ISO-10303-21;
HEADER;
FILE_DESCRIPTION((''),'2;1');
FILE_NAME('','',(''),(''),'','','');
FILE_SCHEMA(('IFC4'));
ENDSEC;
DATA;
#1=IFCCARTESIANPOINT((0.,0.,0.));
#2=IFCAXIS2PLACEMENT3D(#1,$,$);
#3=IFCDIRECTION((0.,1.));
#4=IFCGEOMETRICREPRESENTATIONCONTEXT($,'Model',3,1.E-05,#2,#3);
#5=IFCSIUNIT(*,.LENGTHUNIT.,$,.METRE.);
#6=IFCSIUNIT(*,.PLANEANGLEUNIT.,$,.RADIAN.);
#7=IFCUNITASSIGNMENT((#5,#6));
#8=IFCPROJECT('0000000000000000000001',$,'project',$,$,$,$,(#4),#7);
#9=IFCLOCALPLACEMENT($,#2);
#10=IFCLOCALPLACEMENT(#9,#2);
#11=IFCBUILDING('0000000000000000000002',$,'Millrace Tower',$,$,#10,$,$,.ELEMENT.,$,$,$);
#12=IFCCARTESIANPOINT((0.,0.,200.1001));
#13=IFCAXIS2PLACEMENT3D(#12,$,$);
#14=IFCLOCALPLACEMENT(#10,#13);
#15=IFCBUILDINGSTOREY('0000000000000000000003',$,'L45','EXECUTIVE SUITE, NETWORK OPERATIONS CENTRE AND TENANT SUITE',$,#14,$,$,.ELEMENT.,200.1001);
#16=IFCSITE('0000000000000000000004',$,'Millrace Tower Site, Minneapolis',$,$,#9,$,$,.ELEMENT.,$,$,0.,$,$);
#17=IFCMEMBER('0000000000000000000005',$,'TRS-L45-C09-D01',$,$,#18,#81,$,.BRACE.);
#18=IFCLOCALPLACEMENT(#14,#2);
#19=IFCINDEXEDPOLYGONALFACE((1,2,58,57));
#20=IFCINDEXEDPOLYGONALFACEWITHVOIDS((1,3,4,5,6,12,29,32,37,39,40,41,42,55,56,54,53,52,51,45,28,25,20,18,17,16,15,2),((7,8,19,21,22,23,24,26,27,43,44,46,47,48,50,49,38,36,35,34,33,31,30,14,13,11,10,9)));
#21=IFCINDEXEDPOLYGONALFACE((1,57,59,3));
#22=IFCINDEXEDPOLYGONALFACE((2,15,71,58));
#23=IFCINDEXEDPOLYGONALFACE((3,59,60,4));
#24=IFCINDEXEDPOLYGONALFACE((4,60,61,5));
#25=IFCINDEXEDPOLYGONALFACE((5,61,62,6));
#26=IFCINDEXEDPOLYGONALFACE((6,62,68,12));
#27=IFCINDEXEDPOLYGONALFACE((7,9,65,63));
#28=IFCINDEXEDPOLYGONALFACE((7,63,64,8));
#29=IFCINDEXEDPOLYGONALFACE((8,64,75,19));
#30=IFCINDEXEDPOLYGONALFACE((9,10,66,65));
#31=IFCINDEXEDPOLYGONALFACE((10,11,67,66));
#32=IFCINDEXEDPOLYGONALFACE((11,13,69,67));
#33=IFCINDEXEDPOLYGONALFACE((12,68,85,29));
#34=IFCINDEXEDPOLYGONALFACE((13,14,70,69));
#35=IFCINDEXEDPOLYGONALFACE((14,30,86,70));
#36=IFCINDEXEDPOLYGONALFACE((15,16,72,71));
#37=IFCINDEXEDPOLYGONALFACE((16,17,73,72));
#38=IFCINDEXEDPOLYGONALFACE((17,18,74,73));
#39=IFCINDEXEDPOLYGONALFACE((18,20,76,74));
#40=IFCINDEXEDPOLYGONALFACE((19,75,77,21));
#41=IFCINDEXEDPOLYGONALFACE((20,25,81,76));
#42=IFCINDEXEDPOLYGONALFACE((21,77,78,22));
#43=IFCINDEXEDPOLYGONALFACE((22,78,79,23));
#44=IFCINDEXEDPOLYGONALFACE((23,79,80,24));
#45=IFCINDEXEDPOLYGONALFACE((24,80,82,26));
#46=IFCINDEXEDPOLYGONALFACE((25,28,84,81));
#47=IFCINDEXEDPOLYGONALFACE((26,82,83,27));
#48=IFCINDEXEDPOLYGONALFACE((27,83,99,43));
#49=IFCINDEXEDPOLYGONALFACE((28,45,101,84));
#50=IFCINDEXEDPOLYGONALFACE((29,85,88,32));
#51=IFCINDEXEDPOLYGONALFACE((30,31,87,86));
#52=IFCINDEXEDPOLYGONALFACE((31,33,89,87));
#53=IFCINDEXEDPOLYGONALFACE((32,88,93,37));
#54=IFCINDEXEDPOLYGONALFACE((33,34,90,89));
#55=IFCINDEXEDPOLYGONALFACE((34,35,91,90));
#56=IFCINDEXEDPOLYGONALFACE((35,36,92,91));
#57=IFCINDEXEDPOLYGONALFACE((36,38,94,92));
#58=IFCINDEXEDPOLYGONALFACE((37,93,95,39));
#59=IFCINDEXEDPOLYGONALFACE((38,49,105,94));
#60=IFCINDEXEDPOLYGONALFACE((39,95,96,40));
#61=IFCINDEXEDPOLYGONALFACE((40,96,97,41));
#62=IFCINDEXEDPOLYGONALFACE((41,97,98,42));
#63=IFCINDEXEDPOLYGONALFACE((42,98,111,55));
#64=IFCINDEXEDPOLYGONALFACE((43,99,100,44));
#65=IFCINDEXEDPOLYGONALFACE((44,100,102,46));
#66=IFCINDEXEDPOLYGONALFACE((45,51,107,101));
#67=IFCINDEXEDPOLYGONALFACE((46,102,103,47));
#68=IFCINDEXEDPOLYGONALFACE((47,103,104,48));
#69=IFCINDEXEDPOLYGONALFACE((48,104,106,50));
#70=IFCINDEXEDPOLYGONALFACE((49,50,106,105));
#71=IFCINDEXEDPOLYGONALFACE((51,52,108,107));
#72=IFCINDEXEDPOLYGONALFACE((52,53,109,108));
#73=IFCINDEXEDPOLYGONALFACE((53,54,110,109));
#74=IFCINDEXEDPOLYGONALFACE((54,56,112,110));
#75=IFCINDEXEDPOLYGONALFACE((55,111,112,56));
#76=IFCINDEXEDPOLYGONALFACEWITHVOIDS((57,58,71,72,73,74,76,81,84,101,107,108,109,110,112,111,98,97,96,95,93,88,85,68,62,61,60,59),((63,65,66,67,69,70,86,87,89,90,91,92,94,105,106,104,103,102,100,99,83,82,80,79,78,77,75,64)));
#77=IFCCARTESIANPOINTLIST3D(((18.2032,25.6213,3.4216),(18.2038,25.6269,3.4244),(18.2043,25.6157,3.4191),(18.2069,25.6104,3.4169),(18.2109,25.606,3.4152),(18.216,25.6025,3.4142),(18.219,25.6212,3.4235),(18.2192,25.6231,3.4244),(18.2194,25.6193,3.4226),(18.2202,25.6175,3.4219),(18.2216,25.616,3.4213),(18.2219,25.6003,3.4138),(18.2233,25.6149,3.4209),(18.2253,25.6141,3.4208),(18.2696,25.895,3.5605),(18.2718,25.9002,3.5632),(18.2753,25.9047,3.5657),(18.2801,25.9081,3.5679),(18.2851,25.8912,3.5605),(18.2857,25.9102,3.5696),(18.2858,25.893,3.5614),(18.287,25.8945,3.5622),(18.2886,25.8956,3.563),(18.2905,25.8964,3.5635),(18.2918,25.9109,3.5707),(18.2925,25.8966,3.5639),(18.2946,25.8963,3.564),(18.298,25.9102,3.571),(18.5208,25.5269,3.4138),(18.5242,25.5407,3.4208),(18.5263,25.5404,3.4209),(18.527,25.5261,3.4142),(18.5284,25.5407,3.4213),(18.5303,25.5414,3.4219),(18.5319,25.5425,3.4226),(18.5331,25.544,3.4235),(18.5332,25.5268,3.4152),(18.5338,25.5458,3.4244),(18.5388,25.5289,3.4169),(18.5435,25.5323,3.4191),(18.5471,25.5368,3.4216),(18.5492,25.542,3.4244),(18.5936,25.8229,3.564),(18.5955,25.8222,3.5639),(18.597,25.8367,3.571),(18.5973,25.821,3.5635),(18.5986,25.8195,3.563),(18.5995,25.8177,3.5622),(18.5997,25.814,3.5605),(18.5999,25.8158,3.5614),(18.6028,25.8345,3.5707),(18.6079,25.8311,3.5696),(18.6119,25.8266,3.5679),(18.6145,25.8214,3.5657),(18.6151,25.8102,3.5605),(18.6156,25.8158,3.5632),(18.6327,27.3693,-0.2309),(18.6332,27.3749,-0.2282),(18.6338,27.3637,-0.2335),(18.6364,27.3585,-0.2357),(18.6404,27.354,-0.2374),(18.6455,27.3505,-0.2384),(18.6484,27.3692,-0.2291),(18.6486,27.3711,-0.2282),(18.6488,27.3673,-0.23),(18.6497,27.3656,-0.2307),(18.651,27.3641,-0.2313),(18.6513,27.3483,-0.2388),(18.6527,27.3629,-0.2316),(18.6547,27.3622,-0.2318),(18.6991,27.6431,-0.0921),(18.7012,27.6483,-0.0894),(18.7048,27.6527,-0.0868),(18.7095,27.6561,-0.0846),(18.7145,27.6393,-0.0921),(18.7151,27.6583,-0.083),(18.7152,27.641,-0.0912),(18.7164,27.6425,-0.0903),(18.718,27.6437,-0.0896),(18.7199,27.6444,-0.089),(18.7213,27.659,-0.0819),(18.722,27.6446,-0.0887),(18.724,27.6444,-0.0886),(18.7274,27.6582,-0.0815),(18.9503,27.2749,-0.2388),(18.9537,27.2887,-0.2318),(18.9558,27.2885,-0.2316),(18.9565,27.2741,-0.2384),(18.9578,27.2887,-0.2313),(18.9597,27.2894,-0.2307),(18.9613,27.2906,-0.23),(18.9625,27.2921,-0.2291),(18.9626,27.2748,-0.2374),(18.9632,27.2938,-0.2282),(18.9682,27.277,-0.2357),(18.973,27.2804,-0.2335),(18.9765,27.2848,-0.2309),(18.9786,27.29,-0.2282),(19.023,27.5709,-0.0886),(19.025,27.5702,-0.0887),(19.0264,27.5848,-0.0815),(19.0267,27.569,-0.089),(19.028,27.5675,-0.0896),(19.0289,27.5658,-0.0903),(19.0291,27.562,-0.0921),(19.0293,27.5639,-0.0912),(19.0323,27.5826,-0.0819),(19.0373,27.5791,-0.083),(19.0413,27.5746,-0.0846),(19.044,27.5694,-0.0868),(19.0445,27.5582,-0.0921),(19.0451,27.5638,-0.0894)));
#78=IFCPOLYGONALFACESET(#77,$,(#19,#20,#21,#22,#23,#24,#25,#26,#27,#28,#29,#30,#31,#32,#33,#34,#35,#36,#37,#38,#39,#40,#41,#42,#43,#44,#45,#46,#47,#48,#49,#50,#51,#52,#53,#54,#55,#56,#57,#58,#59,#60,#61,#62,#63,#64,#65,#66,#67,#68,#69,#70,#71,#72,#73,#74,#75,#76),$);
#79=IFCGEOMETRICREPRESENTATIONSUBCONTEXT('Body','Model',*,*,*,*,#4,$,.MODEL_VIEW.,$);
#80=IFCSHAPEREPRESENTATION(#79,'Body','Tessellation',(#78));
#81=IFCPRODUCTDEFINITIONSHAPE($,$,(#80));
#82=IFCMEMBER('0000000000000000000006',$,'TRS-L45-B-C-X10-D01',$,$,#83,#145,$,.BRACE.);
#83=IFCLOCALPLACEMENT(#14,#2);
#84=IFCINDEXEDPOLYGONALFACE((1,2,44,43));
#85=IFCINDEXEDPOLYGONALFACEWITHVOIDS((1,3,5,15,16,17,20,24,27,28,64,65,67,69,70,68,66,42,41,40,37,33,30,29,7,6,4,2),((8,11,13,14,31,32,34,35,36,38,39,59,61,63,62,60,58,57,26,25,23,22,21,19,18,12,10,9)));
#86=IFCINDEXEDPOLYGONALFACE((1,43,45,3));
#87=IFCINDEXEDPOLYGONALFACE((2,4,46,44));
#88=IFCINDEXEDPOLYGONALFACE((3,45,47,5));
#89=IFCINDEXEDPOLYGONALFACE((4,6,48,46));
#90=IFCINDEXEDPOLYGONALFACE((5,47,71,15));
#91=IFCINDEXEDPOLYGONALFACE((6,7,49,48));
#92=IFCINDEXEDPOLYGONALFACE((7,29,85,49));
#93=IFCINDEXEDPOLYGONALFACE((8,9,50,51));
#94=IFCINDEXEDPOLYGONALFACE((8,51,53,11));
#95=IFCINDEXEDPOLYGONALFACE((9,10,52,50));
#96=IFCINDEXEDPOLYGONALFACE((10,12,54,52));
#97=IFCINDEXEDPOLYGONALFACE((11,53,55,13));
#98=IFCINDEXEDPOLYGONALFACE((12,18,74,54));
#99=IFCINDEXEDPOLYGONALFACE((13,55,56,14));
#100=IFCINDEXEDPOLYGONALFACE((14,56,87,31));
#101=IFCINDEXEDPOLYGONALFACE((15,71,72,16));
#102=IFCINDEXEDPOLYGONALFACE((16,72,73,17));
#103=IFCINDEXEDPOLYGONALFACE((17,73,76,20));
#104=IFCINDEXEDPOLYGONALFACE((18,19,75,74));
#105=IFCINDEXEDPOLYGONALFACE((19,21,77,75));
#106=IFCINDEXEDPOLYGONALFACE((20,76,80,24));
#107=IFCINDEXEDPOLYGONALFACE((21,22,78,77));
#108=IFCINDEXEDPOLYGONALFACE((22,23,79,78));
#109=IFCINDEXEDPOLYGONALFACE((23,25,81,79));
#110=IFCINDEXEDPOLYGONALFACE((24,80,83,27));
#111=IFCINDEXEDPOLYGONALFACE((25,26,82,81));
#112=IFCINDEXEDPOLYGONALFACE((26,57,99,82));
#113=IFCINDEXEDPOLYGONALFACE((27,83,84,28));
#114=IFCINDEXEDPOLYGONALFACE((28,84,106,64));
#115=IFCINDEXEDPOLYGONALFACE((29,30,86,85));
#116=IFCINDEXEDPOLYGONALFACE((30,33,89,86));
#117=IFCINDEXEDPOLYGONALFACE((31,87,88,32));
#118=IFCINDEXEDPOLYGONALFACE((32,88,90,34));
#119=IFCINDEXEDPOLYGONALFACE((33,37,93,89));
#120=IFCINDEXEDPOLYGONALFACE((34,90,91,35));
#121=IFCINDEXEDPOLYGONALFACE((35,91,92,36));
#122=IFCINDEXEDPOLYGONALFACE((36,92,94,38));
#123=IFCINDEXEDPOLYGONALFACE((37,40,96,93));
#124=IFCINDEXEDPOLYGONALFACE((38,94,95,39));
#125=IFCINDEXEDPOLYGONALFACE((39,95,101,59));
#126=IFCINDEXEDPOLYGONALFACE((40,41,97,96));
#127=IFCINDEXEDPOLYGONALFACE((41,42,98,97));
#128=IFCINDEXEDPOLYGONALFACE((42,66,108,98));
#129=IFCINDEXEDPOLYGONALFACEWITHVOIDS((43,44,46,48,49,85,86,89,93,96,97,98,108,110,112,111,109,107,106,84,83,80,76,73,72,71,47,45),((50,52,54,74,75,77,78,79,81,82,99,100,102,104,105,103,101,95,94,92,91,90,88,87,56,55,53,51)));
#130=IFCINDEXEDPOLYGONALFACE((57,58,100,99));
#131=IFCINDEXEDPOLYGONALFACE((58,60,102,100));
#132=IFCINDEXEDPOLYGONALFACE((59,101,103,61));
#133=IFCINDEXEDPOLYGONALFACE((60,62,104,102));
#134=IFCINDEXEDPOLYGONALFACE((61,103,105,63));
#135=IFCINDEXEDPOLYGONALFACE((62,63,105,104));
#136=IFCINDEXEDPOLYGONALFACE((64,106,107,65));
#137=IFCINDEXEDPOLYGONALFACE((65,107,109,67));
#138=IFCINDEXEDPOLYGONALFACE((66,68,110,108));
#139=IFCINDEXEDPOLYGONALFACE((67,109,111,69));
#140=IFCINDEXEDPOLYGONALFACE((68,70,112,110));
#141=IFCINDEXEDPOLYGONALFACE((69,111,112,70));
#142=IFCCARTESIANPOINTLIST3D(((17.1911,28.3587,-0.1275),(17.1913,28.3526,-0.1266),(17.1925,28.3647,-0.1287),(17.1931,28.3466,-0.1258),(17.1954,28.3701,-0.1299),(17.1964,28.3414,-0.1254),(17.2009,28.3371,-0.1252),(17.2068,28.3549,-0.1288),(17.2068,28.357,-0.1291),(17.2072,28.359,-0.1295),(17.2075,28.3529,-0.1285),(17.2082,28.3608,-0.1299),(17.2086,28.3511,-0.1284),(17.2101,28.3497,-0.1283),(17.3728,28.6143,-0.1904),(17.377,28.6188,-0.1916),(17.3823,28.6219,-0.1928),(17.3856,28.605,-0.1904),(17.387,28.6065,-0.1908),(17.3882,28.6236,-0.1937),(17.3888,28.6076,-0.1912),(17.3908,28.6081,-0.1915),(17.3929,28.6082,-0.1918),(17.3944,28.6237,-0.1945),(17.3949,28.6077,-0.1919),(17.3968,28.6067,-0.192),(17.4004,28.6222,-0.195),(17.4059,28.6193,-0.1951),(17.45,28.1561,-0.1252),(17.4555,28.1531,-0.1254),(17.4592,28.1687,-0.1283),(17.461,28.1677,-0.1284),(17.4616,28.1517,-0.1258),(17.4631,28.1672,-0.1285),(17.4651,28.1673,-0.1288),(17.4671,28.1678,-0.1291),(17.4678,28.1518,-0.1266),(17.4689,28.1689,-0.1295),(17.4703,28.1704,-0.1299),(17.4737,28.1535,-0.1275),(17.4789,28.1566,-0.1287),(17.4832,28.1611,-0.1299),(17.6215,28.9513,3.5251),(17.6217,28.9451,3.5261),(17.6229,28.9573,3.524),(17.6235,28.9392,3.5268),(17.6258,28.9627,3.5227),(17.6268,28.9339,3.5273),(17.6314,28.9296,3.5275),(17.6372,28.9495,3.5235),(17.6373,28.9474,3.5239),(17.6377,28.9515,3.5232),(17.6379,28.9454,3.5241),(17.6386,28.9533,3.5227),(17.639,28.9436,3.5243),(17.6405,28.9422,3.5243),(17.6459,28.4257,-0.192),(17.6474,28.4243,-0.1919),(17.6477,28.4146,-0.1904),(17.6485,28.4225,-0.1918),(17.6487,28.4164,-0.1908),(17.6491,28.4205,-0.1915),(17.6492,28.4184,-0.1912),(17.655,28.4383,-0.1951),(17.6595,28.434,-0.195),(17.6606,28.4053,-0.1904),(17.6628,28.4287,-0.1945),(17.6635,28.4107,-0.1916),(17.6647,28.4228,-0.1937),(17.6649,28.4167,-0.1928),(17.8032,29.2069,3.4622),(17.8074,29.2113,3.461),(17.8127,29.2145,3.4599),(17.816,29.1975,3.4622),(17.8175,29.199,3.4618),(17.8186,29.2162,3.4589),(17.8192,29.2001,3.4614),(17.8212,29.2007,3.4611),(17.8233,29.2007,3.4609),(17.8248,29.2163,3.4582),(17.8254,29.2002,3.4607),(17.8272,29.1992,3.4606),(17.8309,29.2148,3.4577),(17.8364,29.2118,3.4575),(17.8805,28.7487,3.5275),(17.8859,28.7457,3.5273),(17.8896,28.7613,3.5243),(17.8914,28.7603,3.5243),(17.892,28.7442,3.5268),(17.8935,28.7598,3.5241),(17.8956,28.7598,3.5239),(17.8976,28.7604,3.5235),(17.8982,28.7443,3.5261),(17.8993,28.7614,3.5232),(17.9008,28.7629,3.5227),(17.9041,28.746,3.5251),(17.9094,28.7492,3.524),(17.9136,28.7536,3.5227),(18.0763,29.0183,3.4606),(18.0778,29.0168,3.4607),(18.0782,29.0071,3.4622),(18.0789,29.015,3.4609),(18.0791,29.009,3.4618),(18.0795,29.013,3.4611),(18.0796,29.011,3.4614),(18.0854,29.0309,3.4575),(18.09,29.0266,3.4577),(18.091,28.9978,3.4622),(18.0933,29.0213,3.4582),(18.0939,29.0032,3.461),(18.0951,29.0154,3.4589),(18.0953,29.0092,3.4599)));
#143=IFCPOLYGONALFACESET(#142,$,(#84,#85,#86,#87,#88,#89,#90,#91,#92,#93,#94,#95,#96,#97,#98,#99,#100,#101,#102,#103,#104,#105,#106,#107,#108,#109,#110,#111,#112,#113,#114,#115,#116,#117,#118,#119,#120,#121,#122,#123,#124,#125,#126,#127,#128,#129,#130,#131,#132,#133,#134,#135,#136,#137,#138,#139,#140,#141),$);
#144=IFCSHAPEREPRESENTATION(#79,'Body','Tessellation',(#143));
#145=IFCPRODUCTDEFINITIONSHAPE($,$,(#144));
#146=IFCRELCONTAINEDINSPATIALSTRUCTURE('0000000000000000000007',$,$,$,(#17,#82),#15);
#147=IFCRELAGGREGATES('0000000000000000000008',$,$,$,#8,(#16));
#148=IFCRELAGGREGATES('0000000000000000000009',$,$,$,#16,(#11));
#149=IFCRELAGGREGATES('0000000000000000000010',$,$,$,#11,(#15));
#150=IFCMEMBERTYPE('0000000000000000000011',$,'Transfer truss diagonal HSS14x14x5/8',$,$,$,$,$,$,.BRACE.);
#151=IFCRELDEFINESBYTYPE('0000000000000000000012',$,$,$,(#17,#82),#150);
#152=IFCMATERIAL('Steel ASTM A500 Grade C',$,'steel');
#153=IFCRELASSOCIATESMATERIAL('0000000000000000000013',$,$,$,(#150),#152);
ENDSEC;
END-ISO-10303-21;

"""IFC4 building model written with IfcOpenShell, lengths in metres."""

from ifc_helpers import new_model, si_unit, direction, frame, origin, origin_2d, place, context, subcontext, project, spatial, hollow_rectangle, extrude, material, material_profile, profile_set, type_object, element, save


model = new_model("IFC4")

# Units and contexts
model_context = context("Model", 3, precision=1e-05, world=origin(), true_north=direction((0.0, 1.0)))
body_context = subcontext(model_context, "Body", "Model", "MODEL_VIEW")
ifc_project = project(units=[si_unit("LENGTHUNIT", "METRE"), si_unit("PLANEANGLEUNIT", "RADIAN")], contexts=[model_context])

# Site, building, storey
site_placement = place(None, origin())
site = spatial("IfcSite", under=ifc_project, at=site_placement, Name="Millrace Tower Site, Minneapolis", CompositionType="ELEMENT", RefElevation=0.0)
building_placement = place(site_placement, origin())
building = spatial("IfcBuilding", under=site, at=building_placement, Name="Millrace Tower", CompositionType="ELEMENT")
storey_placement = place(building_placement, frame((0.0, 0.0, 200.1001)))
storey = spatial("IfcBuildingStorey", under=building, at=storey_placement, Name="L45", Description="EXECUTIVE SUITE, NETWORK OPERATIONS CENTRE AND TENANT SUITE", CompositionType="ELEMENT", Elevation=200.1001)

# Members
ifc_material_1 = material(Name="Steel ASTM A500 Grade C", Category="steel")
ifc_material_profile_1 = material_profile(ifc_material_1, hollow_rectangle(XDim=0.3557, YDim=0.3557, WallThickness=0.0159, InnerFilletRadius=0.0081, OuterFilletRadius=0.0239, at=origin_2d()))
ifc_profile_set_1 = profile_set([ifc_material_profile_1], Name="Steel ASTM A500 Grade C")
member_type_1 = type_object("IfcMemberType", Name="Transfer truss diagonal HSS14x14x5/8", PredefinedType="BRACE", material=ifc_profile_set_1)
member_1_placement = place(storey_placement, frame((18.8389, 27.4666, -0.1602), z_axis=(-0.105462, -0.429281, 0.896993), x_axis=(0.971124, -0.238576, 0.0)))
element("IfcMember", 1, at=member_1_placement, inside=storey, type_object=member_type_1, Name="TRS-L45-C09-D01", PredefinedType="BRACE", context=body_context, shape_type="SweptSolid", body=[
    extrude(hollow_rectangle(XDim=0.3557, YDim=0.3557, WallThickness=0.0159, InnerFilletRadius=0.0081, OuterFilletRadius=0.0239, at=origin_2d()), origin(), (0.0, 0.0, 1.0), 4.072),
])
member_2_placement = place(storey_placement, frame((17.428, 28.3877, -0.1602), z_axis=(0.11554, 0.159056, 0.980485), x_axis=(-0.809068, 0.587716, 0.0)))
element("IfcMember", 2, at=member_2_placement, inside=storey, type_object=member_type_1, Name="TRS-L45-B-C-X10-D01", PredefinedType="BRACE", context=body_context, shape_type="SweptSolid", body=[
    extrude(hollow_rectangle(XDim=0.3557, YDim=0.3557, WallThickness=0.0159, InnerFilletRadius=0.0081, OuterFilletRadius=0.0239, at=origin_2d()), origin(), (0.0, 0.0, 1.0), 3.7253),
])

save(model, "model.ifc")
